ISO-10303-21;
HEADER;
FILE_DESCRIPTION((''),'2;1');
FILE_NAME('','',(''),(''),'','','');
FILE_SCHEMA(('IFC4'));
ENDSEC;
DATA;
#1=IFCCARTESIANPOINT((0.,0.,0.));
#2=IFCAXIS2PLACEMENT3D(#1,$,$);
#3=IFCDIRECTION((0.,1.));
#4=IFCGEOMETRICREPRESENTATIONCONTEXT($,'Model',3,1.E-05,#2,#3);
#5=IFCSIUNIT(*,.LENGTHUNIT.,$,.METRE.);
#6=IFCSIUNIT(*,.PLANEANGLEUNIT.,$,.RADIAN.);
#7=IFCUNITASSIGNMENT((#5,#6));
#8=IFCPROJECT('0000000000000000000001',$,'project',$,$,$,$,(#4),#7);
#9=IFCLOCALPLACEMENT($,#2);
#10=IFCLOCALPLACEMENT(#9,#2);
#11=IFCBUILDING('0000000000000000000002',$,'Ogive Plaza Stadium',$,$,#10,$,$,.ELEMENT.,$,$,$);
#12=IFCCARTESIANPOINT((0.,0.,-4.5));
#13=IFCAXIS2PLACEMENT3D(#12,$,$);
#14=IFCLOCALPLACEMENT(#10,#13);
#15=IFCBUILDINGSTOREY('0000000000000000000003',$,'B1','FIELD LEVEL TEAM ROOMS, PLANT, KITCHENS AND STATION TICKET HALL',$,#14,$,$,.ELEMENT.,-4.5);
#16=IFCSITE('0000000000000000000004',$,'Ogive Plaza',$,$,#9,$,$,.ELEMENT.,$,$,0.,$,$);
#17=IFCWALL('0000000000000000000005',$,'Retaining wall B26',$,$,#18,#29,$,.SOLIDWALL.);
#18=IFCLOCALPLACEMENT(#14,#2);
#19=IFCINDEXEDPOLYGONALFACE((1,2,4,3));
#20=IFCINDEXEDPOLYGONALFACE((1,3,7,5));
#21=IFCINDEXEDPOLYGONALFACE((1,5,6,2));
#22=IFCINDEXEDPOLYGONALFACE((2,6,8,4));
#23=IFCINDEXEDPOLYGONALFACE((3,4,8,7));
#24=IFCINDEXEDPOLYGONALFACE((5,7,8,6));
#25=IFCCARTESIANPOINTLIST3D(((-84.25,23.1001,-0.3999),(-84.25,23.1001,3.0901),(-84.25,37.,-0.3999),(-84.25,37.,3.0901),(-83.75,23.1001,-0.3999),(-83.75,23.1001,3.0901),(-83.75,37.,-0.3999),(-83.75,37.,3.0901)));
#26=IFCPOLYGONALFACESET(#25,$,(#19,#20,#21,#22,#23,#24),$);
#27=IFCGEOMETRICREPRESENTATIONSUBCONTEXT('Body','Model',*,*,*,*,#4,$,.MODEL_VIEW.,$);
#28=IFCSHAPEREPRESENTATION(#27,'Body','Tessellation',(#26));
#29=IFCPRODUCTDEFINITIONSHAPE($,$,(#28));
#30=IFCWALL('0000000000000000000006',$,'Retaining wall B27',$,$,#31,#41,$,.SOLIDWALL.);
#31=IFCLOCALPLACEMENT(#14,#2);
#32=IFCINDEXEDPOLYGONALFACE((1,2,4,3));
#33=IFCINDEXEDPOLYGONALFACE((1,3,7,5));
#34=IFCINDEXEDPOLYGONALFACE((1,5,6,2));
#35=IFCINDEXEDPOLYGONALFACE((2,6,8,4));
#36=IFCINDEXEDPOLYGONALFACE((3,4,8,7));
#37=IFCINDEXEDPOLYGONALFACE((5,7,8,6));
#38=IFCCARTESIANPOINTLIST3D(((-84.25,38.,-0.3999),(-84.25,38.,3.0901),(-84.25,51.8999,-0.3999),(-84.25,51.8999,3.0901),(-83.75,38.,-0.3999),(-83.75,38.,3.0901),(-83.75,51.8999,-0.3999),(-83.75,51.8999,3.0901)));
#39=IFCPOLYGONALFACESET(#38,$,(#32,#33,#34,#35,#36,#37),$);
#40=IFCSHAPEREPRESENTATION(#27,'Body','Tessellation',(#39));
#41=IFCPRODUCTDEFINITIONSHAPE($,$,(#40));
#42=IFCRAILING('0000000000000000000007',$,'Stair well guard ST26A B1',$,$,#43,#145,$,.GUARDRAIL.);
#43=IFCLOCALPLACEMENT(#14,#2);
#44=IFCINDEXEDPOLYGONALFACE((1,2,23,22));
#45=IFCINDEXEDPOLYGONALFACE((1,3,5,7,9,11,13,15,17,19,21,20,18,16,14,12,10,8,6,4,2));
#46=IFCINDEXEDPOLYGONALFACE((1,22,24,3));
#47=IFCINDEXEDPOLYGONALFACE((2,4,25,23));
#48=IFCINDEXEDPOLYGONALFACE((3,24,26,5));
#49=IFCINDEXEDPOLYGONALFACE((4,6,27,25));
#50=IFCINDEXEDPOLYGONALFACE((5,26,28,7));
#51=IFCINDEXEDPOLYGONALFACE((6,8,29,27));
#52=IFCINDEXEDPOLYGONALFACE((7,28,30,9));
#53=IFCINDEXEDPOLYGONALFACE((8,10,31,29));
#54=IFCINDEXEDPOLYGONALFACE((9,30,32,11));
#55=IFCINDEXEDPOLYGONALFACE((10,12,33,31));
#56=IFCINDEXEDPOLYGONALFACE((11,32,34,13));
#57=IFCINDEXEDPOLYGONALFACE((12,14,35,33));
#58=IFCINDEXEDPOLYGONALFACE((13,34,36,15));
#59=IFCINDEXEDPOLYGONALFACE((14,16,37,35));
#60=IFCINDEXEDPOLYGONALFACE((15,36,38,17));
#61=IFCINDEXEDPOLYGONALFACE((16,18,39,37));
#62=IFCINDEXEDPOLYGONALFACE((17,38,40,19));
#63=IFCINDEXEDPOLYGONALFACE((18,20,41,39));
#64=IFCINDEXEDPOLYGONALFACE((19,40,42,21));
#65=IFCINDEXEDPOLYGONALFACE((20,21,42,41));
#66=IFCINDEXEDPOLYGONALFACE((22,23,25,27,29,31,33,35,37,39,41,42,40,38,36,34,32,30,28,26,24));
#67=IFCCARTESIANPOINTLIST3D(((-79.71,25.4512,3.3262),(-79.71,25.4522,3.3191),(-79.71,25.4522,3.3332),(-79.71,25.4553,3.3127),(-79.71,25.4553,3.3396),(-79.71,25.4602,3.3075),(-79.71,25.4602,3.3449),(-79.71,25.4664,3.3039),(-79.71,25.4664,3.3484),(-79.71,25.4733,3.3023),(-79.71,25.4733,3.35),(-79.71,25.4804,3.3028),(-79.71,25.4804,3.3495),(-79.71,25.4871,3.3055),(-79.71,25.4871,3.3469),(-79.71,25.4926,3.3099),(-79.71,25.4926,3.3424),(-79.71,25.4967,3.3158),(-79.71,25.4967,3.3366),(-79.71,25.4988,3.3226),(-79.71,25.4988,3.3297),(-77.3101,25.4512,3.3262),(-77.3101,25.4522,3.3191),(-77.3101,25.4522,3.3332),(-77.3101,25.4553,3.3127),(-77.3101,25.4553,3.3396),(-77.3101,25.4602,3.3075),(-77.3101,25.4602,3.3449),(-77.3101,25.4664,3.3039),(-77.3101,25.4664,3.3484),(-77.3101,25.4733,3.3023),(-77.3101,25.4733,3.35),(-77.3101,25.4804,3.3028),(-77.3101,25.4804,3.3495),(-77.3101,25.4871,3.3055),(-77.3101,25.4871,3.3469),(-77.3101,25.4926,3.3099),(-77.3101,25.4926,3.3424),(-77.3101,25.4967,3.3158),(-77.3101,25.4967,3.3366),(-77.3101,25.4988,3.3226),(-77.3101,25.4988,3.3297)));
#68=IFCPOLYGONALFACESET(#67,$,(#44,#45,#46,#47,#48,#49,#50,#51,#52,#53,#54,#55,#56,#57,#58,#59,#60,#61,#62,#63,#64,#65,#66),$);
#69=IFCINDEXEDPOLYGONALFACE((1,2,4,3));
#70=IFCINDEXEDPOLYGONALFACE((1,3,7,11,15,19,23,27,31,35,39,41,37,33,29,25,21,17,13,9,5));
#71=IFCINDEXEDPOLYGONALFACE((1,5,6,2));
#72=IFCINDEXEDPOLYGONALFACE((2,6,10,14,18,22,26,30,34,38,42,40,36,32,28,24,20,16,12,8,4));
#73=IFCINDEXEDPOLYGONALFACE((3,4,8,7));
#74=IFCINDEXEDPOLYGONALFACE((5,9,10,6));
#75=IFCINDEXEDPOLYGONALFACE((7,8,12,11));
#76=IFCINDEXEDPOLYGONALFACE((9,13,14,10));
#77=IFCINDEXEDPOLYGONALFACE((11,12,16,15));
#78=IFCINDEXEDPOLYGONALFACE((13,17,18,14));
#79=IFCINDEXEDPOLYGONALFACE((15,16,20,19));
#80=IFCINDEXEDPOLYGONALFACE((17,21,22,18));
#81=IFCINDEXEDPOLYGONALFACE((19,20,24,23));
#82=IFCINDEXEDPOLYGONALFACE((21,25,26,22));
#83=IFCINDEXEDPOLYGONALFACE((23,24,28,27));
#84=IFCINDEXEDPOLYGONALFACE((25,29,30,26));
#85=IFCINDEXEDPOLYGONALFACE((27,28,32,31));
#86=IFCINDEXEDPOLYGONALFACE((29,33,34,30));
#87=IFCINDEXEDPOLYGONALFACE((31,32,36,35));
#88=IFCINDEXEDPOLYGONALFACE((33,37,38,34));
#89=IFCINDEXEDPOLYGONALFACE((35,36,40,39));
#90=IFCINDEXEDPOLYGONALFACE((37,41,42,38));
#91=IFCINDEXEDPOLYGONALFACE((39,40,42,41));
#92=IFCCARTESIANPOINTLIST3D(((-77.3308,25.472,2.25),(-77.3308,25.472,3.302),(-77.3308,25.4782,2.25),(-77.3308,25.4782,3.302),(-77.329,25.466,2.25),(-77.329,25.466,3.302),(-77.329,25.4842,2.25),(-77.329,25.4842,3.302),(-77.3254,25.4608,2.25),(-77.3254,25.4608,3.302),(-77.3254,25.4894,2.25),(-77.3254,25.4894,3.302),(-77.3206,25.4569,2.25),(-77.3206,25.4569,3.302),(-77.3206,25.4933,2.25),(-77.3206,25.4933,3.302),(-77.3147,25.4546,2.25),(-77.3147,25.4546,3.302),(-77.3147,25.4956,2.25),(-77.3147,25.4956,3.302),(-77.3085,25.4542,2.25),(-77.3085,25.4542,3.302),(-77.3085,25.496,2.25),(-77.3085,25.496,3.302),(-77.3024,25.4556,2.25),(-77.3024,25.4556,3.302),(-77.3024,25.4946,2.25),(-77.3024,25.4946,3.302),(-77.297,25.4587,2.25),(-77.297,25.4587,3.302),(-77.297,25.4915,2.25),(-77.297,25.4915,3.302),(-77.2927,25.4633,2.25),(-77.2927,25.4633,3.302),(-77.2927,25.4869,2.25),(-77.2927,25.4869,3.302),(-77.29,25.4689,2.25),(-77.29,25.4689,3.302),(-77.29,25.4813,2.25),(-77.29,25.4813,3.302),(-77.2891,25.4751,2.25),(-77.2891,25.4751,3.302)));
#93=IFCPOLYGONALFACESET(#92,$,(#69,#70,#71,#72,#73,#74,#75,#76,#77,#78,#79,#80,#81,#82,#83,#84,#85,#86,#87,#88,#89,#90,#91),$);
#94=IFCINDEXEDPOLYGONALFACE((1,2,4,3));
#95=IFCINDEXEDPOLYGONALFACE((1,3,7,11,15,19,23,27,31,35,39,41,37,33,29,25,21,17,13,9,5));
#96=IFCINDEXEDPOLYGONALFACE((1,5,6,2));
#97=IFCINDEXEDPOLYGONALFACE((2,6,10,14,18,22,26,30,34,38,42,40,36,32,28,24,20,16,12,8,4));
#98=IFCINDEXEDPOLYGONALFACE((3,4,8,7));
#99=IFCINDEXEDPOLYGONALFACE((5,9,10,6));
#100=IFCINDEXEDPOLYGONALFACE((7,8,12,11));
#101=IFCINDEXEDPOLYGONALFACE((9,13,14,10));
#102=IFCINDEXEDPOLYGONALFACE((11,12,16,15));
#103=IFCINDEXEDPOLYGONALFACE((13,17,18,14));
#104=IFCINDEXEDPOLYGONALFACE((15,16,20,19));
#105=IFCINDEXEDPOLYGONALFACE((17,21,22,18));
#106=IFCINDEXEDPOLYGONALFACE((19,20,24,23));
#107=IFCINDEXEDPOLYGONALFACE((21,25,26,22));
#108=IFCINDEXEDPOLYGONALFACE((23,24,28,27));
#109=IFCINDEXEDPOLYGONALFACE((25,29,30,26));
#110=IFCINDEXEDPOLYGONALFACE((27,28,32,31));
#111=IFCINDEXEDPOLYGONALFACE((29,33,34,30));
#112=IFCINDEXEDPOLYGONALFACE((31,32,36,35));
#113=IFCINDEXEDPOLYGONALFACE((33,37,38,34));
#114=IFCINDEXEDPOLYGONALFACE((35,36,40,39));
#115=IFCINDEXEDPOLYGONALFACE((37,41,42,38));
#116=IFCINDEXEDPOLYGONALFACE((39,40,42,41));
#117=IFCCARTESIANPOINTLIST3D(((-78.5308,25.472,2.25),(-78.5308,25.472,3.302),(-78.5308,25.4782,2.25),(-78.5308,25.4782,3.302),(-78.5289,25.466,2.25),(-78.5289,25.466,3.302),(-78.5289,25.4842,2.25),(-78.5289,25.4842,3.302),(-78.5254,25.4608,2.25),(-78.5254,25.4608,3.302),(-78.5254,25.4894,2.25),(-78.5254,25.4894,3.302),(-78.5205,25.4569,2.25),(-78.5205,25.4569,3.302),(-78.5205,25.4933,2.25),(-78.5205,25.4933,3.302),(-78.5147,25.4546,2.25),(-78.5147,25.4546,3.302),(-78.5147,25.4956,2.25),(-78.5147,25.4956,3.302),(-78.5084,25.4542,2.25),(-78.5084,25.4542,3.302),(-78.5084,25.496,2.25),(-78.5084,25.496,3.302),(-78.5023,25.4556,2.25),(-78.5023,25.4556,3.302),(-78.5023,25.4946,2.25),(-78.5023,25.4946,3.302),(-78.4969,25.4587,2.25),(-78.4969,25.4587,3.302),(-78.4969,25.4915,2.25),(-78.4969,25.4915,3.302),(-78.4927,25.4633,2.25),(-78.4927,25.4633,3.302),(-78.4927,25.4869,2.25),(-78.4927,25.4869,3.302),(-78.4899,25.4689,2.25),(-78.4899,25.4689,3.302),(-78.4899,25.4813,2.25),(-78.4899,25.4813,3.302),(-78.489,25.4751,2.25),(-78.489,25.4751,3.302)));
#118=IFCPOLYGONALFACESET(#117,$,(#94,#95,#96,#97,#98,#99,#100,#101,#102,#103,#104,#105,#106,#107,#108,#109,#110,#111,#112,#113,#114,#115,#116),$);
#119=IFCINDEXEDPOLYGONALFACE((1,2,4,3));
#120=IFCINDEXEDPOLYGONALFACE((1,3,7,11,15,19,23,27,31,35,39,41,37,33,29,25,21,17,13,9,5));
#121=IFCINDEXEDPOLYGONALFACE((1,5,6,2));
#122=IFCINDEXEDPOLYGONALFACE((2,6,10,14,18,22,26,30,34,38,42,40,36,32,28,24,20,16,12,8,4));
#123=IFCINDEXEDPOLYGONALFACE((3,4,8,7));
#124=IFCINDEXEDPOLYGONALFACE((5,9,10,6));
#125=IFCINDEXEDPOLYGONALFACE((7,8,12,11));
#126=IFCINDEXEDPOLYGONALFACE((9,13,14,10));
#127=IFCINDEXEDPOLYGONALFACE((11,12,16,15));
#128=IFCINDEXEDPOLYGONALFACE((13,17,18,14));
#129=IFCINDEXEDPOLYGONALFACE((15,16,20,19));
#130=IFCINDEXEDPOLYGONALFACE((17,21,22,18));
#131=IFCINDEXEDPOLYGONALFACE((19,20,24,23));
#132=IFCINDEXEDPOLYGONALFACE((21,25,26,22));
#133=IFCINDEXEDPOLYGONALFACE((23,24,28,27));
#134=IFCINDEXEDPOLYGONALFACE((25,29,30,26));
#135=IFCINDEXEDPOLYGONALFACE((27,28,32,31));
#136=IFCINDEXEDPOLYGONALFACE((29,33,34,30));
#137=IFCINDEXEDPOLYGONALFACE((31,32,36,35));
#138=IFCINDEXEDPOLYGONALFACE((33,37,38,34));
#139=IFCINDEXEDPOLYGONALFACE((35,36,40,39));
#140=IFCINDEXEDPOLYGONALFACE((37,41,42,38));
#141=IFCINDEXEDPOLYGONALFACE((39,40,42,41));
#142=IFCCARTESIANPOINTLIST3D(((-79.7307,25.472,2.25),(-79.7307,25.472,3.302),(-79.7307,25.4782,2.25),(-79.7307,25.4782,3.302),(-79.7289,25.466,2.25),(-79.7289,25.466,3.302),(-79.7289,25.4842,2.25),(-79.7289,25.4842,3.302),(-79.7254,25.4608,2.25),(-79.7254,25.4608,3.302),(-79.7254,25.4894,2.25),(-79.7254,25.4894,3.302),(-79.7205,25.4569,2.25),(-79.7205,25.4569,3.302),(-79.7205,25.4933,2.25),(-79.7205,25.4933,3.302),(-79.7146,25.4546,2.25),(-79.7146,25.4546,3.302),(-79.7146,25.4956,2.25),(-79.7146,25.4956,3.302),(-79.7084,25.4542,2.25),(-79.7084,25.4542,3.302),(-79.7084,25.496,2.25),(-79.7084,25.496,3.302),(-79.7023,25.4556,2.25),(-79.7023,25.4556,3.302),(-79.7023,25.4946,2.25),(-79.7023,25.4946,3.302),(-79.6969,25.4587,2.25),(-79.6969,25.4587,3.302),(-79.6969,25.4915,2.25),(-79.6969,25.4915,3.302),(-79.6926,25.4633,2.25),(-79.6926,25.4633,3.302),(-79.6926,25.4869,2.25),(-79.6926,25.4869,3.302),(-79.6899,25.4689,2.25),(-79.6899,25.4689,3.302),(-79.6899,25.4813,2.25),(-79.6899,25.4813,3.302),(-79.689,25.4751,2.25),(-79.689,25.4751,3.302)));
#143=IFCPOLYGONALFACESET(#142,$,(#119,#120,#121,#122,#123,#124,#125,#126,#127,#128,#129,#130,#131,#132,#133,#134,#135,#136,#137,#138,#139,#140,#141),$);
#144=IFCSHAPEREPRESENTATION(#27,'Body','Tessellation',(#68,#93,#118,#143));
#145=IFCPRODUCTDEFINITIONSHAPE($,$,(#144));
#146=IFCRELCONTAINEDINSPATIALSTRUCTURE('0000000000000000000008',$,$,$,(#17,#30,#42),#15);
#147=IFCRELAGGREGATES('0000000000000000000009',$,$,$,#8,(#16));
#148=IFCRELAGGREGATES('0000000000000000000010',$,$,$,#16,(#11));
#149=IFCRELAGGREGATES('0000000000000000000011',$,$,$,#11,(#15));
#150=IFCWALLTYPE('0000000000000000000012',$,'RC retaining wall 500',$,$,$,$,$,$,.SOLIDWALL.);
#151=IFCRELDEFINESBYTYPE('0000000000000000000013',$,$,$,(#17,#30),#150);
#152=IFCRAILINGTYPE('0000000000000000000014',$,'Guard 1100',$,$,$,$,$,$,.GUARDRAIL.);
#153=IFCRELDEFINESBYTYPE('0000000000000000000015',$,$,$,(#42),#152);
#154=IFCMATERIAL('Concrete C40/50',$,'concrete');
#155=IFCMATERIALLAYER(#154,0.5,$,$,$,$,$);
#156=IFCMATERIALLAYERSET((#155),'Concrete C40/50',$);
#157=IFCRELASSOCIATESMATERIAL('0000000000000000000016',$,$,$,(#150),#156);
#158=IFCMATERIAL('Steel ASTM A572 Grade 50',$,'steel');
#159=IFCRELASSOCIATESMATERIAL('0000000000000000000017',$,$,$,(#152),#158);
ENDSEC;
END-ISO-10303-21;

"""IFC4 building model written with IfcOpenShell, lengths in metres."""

from ifc_helpers import new_model, si_unit, direction, frame, frame_2d, origin, origin_2d, place, context, subcontext, project, spatial, rectangle, circle, extrude, material, layer, layer_set, type_object, element, save


model = new_model("IFC4")

# Units and contexts
model_context = context("Model", 3, precision=1e-05, world=origin(), true_north=direction((0.0, 1.0)))
body_context = subcontext(model_context, "Body", "Model", "MODEL_VIEW")
ifc_project = project(units=[si_unit("LENGTHUNIT", "METRE"), si_unit("PLANEANGLEUNIT", "RADIAN")], contexts=[model_context])

# Site, building, storey
site_placement = place(None, origin())
site = spatial("IfcSite", under=ifc_project, at=site_placement, Name="Ogive Plaza", CompositionType="ELEMENT", RefElevation=0.0)
building_placement = place(site_placement, origin())
building = spatial("IfcBuilding", under=site, at=building_placement, Name="Ogive Plaza Stadium", CompositionType="ELEMENT")
storey_placement = place(building_placement, frame((0.0, 0.0, -4.5)))
storey = spatial("IfcBuildingStorey", under=building, at=storey_placement, Name="B1", Description="FIELD LEVEL TEAM ROOMS, PLANT, KITCHENS AND STATION TICKET HALL", CompositionType="ELEMENT", Elevation=-4.5)

# Walls
ifc_material_1 = material(Name="Concrete C40/50", Category="concrete")
ifc_layer_1 = layer(ifc_material_1, 0.5)
ifc_layer_set_1 = layer_set([ifc_layer_1], Name="Concrete C40/50")
wall_type_1 = type_object("IfcWallType", Name="RC retaining wall 500", PredefinedType="SOLIDWALL", material=ifc_layer_set_1)
for number, where, z_axis, x_axis, name in (
    (1, (-84.0, 23.1001, -0.3999), (0.0, 0.0, 1.0), (0.0, 1.0, 0.0), "Retaining wall B26"),
    (2, (-84.0, 38.0, -0.3999), (0.0, 0.0, 1.0), (0.0, 1.0, 0.0), "Retaining wall B27"),
):
    element("IfcWall", number, at=place(storey_placement, frame(where, z_axis=z_axis, x_axis=x_axis)), inside=storey, type_object=wall_type_1, Name=name, PredefinedType="SOLIDWALL", context=body_context, shape_type="SweptSolid", body=[
        extrude(rectangle(XDim=13.8999, YDim=0.5, at=frame_2d((6.95, 0.0))), origin(), (0.0, 0.0, 1.0), 3.49),
    ])

# Railing
ifc_material_2 = material(Name="Steel ASTM A572 Grade 50", Category="steel")
railing_type_1 = type_object("IfcRailingType", Name="Guard 1100", PredefinedType="GUARDRAIL", material=ifc_material_2)
railing_1_placement = place(storey_placement, frame((-77.3101, 25.4751, 2.25)))
element("IfcRailing", 3, at=railing_1_placement, inside=storey, type_object=railing_type_1, Name="Stair well guard ST26A B1", PredefinedType="GUARDRAIL", context=body_context, shape_type="SweptSolid", body=[
    extrude(circle(Radius=0.0239, at=origin_2d()), frame((0.0, 0.0, 1.0762), z_axis=(-1.0, 0.0, 0.0), x_axis=(0.0, -1.0, 0.0)), (0.0, 0.0, 1.0), 2.3999),
    extrude(circle(Radius=0.021, at=origin_2d()), origin(), (0.0, 0.0, 1.0), 1.052),
    extrude(circle(Radius=0.021, at=origin_2d()), frame((-1.2, 0.0, 0.0)), (0.0, 0.0, 1.0), 1.052),
    extrude(circle(Radius=0.021, at=origin_2d()), frame((-2.3999, 0.0, 0.0)), (0.0, 0.0, 1.0), 1.052),
])

save(model, "model.ifc")
